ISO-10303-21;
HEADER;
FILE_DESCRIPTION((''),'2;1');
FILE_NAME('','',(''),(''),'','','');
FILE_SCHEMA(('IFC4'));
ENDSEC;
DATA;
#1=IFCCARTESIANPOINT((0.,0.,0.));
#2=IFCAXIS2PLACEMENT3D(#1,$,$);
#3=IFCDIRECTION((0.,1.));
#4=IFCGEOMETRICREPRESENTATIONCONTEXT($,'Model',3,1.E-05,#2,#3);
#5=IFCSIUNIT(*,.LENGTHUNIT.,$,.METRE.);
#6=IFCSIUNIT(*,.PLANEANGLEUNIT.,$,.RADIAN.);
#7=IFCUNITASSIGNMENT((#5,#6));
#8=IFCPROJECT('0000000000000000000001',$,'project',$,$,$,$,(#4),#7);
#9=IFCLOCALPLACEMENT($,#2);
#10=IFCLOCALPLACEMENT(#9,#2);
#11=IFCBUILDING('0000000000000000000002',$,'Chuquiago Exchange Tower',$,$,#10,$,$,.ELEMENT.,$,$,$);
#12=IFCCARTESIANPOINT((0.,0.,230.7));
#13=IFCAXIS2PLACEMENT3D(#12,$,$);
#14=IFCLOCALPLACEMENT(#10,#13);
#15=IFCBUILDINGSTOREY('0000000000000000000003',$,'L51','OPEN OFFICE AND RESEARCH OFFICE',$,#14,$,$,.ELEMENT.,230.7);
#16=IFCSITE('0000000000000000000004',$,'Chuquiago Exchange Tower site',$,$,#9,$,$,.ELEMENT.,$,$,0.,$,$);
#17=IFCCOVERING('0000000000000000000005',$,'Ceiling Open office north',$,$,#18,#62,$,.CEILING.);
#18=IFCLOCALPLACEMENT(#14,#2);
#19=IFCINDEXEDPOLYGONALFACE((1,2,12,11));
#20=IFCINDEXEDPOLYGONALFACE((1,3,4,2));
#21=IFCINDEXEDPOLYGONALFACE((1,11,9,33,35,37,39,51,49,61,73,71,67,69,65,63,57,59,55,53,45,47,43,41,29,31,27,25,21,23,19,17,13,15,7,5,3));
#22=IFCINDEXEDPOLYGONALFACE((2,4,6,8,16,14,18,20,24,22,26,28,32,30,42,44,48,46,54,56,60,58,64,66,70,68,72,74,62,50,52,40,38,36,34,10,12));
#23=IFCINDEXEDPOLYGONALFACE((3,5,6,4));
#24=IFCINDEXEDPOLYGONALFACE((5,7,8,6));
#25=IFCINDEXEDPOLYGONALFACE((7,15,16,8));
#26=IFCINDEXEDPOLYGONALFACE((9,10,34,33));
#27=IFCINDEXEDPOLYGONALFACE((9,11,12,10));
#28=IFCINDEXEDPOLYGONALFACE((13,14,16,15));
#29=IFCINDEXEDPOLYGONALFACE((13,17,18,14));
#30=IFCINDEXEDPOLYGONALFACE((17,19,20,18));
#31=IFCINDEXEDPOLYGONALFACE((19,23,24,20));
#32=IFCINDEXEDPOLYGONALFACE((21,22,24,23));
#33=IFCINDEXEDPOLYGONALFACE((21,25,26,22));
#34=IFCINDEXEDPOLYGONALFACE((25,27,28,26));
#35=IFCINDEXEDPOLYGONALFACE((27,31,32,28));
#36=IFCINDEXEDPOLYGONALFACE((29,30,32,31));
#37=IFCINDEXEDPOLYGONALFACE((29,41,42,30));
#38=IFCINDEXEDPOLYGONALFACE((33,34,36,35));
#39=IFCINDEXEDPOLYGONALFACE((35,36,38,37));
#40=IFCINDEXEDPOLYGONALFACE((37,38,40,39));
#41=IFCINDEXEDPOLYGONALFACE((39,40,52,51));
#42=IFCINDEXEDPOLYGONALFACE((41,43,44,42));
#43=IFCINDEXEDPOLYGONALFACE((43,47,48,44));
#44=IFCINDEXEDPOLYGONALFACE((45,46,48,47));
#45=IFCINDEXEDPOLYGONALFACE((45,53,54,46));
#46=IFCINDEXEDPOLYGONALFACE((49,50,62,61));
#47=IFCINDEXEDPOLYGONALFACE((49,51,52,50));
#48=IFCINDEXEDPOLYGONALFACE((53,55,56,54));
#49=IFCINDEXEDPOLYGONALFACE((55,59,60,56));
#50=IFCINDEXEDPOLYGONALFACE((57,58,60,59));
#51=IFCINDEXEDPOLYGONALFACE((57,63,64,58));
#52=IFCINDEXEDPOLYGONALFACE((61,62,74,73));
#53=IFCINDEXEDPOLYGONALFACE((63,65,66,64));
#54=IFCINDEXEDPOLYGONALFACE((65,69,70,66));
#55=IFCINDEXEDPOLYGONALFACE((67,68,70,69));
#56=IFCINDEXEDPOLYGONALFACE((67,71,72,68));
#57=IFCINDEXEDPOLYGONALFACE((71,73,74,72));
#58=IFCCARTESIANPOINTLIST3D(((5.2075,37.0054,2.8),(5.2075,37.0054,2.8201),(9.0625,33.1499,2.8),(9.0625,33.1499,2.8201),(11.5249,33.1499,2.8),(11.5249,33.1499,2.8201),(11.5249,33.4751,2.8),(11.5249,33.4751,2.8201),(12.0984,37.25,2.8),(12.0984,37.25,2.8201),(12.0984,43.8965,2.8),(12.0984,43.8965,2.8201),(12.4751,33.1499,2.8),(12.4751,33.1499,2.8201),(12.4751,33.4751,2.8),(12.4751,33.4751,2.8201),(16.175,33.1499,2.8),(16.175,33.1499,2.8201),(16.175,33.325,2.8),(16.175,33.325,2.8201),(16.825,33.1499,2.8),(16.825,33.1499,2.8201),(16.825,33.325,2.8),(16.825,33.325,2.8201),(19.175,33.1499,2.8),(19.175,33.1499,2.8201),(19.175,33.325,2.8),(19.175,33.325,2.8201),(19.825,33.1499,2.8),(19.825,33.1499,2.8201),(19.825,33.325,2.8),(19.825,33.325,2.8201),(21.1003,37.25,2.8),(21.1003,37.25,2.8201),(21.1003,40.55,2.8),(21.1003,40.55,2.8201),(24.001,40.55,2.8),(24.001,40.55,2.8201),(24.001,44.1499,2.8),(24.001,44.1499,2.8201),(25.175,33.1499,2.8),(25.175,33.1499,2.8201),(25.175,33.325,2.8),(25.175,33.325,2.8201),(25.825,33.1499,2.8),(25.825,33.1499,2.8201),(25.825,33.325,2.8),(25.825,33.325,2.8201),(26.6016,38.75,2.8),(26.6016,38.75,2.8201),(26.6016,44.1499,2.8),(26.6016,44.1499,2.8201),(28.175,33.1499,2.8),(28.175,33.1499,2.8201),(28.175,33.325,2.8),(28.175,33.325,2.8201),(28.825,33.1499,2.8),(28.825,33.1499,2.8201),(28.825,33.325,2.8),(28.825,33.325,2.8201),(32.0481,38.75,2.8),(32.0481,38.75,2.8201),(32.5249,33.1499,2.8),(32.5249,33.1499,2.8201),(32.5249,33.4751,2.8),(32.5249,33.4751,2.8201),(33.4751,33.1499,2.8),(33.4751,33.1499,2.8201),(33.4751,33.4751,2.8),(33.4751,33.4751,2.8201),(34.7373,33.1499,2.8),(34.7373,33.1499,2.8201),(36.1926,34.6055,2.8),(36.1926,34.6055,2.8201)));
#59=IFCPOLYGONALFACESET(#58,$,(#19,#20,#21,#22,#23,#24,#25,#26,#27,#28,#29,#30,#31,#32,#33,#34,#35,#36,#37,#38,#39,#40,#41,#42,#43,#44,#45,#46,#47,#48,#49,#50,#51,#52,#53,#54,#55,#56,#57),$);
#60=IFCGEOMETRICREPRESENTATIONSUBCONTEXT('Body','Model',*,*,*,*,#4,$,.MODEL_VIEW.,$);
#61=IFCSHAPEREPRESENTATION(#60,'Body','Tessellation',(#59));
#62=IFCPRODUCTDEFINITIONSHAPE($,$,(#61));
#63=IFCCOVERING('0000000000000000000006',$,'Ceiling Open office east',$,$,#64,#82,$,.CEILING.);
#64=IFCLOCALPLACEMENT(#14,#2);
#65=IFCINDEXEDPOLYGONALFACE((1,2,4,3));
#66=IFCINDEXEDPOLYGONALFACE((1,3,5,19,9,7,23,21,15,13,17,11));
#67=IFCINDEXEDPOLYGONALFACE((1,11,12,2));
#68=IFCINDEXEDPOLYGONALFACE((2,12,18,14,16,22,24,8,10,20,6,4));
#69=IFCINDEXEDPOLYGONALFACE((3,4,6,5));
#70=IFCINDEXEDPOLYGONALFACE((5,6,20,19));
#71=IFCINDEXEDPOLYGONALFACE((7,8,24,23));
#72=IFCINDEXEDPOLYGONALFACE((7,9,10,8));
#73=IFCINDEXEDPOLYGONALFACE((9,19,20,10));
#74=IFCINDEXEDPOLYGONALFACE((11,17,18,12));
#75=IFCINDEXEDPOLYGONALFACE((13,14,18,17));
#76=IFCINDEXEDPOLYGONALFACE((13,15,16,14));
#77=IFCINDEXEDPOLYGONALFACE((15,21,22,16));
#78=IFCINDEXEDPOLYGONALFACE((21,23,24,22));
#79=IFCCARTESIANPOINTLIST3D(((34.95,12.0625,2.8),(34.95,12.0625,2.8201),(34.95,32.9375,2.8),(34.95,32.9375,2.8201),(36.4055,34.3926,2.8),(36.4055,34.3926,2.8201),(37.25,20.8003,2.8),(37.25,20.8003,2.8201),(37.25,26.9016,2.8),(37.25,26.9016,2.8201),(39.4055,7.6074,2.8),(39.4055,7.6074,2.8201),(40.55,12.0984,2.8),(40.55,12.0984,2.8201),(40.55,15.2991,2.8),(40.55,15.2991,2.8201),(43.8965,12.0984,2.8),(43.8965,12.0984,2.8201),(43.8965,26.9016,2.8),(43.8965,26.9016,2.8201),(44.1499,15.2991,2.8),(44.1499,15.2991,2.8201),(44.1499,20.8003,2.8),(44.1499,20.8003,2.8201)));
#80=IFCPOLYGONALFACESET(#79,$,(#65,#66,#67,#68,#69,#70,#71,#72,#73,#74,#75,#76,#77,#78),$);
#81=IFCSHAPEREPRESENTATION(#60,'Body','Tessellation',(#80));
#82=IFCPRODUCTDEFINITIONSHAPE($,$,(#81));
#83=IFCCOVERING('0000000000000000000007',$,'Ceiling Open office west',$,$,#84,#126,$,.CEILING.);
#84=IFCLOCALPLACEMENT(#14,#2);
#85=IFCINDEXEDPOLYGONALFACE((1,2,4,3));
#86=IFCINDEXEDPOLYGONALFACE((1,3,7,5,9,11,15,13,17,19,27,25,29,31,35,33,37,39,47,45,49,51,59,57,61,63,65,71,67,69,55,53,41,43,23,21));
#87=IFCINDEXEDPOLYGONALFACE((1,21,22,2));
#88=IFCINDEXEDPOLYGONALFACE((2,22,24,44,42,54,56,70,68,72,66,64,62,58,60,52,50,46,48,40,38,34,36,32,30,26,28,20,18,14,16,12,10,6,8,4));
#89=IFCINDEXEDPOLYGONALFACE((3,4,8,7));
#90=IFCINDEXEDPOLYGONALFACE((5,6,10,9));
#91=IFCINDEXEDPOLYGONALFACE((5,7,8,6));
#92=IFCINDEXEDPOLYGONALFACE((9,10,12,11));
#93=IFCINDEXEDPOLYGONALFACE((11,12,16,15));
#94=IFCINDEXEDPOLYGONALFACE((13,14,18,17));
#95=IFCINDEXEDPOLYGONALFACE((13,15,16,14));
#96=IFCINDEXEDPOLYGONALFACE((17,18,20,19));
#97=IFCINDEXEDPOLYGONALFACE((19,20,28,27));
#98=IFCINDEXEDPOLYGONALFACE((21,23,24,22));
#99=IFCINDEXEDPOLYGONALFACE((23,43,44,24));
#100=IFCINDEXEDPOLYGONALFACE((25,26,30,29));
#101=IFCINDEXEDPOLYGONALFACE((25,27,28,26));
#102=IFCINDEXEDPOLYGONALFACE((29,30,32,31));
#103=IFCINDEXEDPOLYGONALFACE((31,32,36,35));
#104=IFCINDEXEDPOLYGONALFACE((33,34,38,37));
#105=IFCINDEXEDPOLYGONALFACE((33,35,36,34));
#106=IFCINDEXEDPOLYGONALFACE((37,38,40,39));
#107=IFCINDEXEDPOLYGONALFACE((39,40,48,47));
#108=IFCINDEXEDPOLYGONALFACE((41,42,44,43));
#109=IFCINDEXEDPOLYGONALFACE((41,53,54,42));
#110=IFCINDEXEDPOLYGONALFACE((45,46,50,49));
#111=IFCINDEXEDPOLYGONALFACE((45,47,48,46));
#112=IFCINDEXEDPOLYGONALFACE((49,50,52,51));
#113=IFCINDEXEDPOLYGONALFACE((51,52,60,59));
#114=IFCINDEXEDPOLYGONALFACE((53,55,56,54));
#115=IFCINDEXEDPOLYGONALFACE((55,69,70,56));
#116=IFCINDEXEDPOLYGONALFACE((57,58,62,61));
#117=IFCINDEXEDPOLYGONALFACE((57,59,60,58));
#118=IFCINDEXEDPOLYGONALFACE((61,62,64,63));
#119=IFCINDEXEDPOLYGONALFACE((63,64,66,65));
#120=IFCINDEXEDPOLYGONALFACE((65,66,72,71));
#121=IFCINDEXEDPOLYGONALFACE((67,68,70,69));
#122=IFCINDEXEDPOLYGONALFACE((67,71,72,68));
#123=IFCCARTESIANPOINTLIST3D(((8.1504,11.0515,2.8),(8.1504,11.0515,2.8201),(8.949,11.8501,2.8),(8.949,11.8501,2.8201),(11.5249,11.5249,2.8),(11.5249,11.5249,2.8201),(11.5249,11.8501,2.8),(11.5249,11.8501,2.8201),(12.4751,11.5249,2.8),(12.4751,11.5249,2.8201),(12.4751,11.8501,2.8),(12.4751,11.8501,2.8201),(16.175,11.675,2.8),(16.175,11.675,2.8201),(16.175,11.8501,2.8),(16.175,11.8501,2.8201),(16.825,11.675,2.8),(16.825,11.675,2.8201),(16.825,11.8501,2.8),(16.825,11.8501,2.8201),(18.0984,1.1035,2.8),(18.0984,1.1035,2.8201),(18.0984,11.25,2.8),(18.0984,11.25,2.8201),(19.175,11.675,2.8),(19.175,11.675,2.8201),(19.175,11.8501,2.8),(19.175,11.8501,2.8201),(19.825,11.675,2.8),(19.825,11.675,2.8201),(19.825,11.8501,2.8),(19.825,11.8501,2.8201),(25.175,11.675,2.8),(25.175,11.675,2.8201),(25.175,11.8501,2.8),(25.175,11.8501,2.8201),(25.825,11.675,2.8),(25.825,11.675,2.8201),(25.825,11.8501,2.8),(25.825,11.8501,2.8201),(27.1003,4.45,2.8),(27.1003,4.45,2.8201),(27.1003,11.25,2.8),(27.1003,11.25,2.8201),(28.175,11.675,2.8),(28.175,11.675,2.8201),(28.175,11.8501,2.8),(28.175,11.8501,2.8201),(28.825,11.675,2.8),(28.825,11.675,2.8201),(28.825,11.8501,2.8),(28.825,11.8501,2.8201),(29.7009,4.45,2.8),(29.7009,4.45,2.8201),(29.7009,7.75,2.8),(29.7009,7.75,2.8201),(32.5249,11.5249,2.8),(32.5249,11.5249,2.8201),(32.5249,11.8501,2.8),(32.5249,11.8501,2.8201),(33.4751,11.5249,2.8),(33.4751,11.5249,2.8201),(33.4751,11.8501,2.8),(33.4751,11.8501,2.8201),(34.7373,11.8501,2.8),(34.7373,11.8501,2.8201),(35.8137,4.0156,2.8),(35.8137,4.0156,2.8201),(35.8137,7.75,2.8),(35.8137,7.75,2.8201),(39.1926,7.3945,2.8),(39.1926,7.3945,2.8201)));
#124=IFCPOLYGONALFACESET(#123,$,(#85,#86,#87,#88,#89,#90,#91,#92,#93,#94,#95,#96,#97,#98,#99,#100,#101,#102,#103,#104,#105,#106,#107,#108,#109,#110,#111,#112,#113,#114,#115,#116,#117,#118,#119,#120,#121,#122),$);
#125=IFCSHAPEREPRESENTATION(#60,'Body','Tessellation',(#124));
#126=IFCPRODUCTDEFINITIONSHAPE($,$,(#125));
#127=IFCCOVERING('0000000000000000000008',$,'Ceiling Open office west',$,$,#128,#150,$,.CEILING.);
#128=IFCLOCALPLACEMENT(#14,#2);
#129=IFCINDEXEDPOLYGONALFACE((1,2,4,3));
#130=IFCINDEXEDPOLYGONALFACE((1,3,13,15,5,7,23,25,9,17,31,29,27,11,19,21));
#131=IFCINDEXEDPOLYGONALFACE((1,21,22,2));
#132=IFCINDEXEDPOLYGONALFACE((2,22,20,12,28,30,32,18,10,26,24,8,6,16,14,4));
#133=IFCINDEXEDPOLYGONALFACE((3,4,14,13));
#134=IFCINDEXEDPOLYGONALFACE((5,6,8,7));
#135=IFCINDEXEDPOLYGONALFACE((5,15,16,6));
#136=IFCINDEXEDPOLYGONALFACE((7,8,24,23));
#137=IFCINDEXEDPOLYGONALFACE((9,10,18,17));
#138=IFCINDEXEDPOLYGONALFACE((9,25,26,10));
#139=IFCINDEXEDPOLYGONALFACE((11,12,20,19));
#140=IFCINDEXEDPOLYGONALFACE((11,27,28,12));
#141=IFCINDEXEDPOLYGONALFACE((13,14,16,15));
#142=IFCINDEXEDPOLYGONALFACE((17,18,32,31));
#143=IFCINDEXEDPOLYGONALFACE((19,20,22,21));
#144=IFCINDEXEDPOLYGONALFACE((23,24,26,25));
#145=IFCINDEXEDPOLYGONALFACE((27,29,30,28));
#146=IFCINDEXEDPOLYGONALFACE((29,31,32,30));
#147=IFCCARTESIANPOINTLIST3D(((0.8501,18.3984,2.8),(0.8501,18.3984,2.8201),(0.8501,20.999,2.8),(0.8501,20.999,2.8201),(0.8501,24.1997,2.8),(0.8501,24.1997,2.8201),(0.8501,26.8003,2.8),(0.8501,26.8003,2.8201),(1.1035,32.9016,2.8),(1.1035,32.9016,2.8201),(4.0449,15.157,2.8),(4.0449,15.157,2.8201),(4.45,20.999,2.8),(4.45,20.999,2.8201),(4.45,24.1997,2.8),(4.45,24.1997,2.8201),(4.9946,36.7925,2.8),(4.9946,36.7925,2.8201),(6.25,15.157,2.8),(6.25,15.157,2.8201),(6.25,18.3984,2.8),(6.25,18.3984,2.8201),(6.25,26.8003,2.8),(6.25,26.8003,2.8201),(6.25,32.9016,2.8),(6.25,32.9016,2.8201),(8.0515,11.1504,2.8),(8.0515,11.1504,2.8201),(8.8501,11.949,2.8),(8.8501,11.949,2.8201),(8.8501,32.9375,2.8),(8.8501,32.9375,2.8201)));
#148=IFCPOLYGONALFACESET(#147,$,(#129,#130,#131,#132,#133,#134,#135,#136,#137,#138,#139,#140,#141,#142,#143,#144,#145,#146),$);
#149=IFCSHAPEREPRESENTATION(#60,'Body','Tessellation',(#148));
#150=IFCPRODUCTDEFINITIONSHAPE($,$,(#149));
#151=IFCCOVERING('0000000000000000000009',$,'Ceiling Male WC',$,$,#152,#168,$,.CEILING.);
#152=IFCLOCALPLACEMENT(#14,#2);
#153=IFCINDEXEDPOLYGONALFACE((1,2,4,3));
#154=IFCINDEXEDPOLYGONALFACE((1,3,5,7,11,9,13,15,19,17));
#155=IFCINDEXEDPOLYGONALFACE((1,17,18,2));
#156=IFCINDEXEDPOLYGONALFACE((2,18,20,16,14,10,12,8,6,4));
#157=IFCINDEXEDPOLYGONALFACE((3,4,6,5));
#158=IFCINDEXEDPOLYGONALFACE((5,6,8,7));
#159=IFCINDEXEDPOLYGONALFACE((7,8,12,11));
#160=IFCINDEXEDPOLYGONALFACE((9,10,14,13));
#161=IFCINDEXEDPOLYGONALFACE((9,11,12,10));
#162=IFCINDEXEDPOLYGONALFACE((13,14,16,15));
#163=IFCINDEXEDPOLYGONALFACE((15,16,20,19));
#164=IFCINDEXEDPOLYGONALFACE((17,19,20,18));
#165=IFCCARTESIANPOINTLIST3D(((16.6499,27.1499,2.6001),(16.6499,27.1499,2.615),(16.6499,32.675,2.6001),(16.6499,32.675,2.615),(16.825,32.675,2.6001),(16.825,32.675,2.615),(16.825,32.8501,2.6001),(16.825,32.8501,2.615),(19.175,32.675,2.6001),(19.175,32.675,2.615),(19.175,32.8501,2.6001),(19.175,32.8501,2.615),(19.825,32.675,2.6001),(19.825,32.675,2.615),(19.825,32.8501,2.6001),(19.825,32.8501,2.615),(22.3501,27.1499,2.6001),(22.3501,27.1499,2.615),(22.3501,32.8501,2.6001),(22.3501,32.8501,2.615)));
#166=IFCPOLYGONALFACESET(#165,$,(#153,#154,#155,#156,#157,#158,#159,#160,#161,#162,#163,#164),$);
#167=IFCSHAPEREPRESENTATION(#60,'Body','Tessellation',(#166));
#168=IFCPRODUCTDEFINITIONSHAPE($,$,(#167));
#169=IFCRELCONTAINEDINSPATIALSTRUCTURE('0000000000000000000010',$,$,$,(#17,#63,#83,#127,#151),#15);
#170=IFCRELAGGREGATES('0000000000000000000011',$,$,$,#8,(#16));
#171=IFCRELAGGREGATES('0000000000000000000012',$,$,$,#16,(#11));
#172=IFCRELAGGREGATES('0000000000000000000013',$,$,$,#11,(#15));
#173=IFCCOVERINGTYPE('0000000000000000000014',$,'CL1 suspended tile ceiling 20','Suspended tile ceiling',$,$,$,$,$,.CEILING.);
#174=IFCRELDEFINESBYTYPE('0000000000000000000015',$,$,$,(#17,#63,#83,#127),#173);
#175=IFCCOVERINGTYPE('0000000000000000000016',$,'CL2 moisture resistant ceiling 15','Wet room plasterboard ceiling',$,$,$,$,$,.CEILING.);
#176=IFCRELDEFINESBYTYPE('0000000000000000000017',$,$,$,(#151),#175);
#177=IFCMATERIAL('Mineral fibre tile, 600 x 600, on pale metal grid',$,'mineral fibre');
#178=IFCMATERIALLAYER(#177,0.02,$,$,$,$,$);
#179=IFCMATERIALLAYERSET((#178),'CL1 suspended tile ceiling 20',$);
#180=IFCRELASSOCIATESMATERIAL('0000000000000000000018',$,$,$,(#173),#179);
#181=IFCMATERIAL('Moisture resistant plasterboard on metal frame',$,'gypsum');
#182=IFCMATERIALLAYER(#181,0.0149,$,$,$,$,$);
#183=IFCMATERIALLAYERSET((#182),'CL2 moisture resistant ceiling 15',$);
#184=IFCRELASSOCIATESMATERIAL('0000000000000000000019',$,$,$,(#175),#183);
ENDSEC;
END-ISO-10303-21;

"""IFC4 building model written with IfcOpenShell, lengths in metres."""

from ifc_helpers import new_model, si_unit, direction, frame, origin, place, context, subcontext, project, spatial, polyline, outline, extrude, material, layer, layer_set, type_object, element, save


model = new_model("IFC4")

# Units and contexts
model_context = context("Model", 3, precision=1e-05, world=origin(), true_north=direction((0.0, 1.0)))
body_context = subcontext(model_context, "Body", "Model", "MODEL_VIEW")
ifc_project = project(units=[si_unit("LENGTHUNIT", "METRE"), si_unit("PLANEANGLEUNIT", "RADIAN")], contexts=[model_context])

# Site, building, storey
site_placement = place(None, origin())
site = spatial("IfcSite", under=ifc_project, at=site_placement, Name="Chuquiago Exchange Tower site", CompositionType="ELEMENT", RefElevation=0.0)
building_placement = place(site_placement, origin())
building = spatial("IfcBuilding", under=site, at=building_placement, Name="Chuquiago Exchange Tower", CompositionType="ELEMENT")
storey_placement = place(building_placement, frame((0.0, 0.0, 230.7)))
storey = spatial("IfcBuildingStorey", under=building, at=storey_placement, Name="L51", Description="OPEN OFFICE AND RESEARCH OFFICE", CompositionType="ELEMENT", Elevation=230.7)

# Coverings
ifc_material_1 = material(Name="Mineral fibre tile, 600 x 600, on pale metal grid", Category="mineral fibre")
ifc_layer_1 = layer(ifc_material_1, 0.02)
ifc_layer_set_1 = layer_set([ifc_layer_1], Name="CL1 suspended tile ceiling 20")
covering_type_1 = type_object("IfcCoveringType", Name="CL1 suspended tile ceiling 20", Description="Suspended tile ceiling", PredefinedType="CEILING", material=ifc_layer_set_1)
covering_1_placement = place(storey_placement, frame((0.0, 0.0, 2.8)))
element("IfcCovering", 1, at=covering_1_placement, inside=storey, type_object=covering_type_1, Name="Ceiling Open office north", PredefinedType="CEILING", context=body_context, shape_type="SweptSolid", body=[
    extrude(outline(polyline([(12.0984, 37.25), (21.1003, 37.25), (21.1003, 40.55), (24.001, 40.55), (24.001, 44.1499), (26.6016, 44.1499), (26.6016, 38.75), (32.0481, 38.75), (36.1926, 34.6055), (34.7373, 33.1499), (33.4751, 33.1499), (33.4751, 33.4751), (32.5249, 33.4751), (32.5249, 33.1499), (28.825, 33.1499), (28.825, 33.325), (28.175, 33.325), (28.175, 33.1499), (25.825, 33.1499), (25.825, 33.325), (25.175, 33.325), (25.175, 33.1499), (19.825, 33.1499), (19.825, 33.325), (19.175, 33.325), (19.175, 33.1499), (16.825, 33.1499), (16.825, 33.325), (16.175, 33.325), (16.175, 33.1499), (12.4751, 33.1499), (12.4751, 33.4751), (11.5249, 33.4751), (11.5249, 33.1499), (9.0625, 33.1499), (5.2075, 37.0054), (12.0984, 43.8965), (12.0984, 37.25)])), origin(), (0.0, 0.0, 1.0), 0.02),
])
covering_2_placement = place(storey_placement, frame((0.0, 0.0, 2.8)))
element("IfcCovering", 2, at=covering_2_placement, inside=storey, type_object=covering_type_1, Name="Ceiling Open office east", PredefinedType="CEILING", context=body_context, shape_type="SweptSolid", body=[
    extrude(outline(polyline([(39.4055, 7.6074), (34.95, 12.0625), (34.95, 32.9375), (36.4055, 34.3926), (43.8965, 26.9016), (37.25, 26.9016), (37.25, 20.8003), (44.1499, 20.8003), (44.1499, 15.2991), (40.55, 15.2991), (40.55, 12.0984), (43.8965, 12.0984), (39.4055, 7.6074)])), origin(), (0.0, 0.0, 1.0), 0.02),
])
covering_3_placement = place(storey_placement, frame((0.0, 0.0, 2.8)))
element("IfcCovering", 3, at=covering_3_placement, inside=storey, type_object=covering_type_1, Name="Ceiling Open office west", PredefinedType="CEILING", context=body_context, shape_type="SweptSolid", body=[
    extrude(outline(polyline([(11.5249, 11.8501), (11.5249, 11.5249), (12.4751, 11.5249), (12.4751, 11.8501), (16.175, 11.8501), (16.175, 11.675), (16.825, 11.675), (16.825, 11.8501), (19.175, 11.8501), (19.175, 11.675), (19.825, 11.675), (19.825, 11.8501), (25.175, 11.8501), (25.175, 11.675), (25.825, 11.675), (25.825, 11.8501), (28.175, 11.8501), (28.175, 11.675), (28.825, 11.675), (28.825, 11.8501), (32.5249, 11.8501), (32.5249, 11.5249), (33.4751, 11.5249), (33.4751, 11.8501), (34.7373, 11.8501), (39.1926, 7.3945), (35.8137, 4.0156), (35.8137, 7.75), (29.7009, 7.75), (29.7009, 4.45), (27.1003, 4.45), (27.1003, 11.25), (18.0984, 11.25), (18.0984, 1.1035), (8.1504, 11.0515), (8.949, 11.8501), (11.5249, 11.8501)])), origin(), (0.0, 0.0, 1.0), 0.02),
])
covering_4_placement = place(storey_placement, frame((0.0, 0.0, 2.8)))
element("IfcCovering", 4, at=covering_4_placement, inside=storey, type_object=covering_type_1, Name="Ceiling Open office west", PredefinedType="CEILING", context=body_context, shape_type="SweptSolid", body=[
    extrude(outline(polyline([(0.8501, 20.999), (4.45, 20.999), (4.45, 24.1997), (0.8501, 24.1997), (0.8501, 26.8003), (6.25, 26.8003), (6.25, 32.9016), (1.1035, 32.9016), (4.9946, 36.7925), (8.8501, 32.9375), (8.8501, 11.949), (8.0515, 11.1504), (4.0449, 15.157), (6.25, 15.157), (6.25, 18.3984), (0.8501, 18.3984), (0.8501, 20.999)])), origin(), (0.0, 0.0, 1.0), 0.02),
])
ifc_material_2 = material(Name="Moisture resistant plasterboard on metal frame", Category="gypsum")
ifc_layer_2 = layer(ifc_material_2, 0.0149)
ifc_layer_set_2 = layer_set([ifc_layer_2], Name="CL2 moisture resistant ceiling 15")
covering_type_2 = type_object("IfcCoveringType", Name="CL2 moisture resistant ceiling 15", Description="Wet room plasterboard ceiling", PredefinedType="CEILING", material=ifc_layer_set_2)
covering_5_placement = place(storey_placement, frame((0.0, 0.0, 2.6001)))
element("IfcCovering", 5, at=covering_5_placement, inside=storey, type_object=covering_type_2, Name="Ceiling Male WC", PredefinedType="CEILING", context=body_context, shape_type="SweptSolid", body=[
    extrude(outline(polyline([(16.6499, 27.1499), (16.6499, 32.675), (16.825, 32.675), (16.825, 32.8501), (19.175, 32.8501), (19.175, 32.675), (19.825, 32.675), (19.825, 32.8501), (22.3501, 32.8501), (22.3501, 27.1499), (16.6499, 27.1499)])), origin(), (0.0, 0.0, 1.0), 0.0149),
])

save(model, "model.ifc")
